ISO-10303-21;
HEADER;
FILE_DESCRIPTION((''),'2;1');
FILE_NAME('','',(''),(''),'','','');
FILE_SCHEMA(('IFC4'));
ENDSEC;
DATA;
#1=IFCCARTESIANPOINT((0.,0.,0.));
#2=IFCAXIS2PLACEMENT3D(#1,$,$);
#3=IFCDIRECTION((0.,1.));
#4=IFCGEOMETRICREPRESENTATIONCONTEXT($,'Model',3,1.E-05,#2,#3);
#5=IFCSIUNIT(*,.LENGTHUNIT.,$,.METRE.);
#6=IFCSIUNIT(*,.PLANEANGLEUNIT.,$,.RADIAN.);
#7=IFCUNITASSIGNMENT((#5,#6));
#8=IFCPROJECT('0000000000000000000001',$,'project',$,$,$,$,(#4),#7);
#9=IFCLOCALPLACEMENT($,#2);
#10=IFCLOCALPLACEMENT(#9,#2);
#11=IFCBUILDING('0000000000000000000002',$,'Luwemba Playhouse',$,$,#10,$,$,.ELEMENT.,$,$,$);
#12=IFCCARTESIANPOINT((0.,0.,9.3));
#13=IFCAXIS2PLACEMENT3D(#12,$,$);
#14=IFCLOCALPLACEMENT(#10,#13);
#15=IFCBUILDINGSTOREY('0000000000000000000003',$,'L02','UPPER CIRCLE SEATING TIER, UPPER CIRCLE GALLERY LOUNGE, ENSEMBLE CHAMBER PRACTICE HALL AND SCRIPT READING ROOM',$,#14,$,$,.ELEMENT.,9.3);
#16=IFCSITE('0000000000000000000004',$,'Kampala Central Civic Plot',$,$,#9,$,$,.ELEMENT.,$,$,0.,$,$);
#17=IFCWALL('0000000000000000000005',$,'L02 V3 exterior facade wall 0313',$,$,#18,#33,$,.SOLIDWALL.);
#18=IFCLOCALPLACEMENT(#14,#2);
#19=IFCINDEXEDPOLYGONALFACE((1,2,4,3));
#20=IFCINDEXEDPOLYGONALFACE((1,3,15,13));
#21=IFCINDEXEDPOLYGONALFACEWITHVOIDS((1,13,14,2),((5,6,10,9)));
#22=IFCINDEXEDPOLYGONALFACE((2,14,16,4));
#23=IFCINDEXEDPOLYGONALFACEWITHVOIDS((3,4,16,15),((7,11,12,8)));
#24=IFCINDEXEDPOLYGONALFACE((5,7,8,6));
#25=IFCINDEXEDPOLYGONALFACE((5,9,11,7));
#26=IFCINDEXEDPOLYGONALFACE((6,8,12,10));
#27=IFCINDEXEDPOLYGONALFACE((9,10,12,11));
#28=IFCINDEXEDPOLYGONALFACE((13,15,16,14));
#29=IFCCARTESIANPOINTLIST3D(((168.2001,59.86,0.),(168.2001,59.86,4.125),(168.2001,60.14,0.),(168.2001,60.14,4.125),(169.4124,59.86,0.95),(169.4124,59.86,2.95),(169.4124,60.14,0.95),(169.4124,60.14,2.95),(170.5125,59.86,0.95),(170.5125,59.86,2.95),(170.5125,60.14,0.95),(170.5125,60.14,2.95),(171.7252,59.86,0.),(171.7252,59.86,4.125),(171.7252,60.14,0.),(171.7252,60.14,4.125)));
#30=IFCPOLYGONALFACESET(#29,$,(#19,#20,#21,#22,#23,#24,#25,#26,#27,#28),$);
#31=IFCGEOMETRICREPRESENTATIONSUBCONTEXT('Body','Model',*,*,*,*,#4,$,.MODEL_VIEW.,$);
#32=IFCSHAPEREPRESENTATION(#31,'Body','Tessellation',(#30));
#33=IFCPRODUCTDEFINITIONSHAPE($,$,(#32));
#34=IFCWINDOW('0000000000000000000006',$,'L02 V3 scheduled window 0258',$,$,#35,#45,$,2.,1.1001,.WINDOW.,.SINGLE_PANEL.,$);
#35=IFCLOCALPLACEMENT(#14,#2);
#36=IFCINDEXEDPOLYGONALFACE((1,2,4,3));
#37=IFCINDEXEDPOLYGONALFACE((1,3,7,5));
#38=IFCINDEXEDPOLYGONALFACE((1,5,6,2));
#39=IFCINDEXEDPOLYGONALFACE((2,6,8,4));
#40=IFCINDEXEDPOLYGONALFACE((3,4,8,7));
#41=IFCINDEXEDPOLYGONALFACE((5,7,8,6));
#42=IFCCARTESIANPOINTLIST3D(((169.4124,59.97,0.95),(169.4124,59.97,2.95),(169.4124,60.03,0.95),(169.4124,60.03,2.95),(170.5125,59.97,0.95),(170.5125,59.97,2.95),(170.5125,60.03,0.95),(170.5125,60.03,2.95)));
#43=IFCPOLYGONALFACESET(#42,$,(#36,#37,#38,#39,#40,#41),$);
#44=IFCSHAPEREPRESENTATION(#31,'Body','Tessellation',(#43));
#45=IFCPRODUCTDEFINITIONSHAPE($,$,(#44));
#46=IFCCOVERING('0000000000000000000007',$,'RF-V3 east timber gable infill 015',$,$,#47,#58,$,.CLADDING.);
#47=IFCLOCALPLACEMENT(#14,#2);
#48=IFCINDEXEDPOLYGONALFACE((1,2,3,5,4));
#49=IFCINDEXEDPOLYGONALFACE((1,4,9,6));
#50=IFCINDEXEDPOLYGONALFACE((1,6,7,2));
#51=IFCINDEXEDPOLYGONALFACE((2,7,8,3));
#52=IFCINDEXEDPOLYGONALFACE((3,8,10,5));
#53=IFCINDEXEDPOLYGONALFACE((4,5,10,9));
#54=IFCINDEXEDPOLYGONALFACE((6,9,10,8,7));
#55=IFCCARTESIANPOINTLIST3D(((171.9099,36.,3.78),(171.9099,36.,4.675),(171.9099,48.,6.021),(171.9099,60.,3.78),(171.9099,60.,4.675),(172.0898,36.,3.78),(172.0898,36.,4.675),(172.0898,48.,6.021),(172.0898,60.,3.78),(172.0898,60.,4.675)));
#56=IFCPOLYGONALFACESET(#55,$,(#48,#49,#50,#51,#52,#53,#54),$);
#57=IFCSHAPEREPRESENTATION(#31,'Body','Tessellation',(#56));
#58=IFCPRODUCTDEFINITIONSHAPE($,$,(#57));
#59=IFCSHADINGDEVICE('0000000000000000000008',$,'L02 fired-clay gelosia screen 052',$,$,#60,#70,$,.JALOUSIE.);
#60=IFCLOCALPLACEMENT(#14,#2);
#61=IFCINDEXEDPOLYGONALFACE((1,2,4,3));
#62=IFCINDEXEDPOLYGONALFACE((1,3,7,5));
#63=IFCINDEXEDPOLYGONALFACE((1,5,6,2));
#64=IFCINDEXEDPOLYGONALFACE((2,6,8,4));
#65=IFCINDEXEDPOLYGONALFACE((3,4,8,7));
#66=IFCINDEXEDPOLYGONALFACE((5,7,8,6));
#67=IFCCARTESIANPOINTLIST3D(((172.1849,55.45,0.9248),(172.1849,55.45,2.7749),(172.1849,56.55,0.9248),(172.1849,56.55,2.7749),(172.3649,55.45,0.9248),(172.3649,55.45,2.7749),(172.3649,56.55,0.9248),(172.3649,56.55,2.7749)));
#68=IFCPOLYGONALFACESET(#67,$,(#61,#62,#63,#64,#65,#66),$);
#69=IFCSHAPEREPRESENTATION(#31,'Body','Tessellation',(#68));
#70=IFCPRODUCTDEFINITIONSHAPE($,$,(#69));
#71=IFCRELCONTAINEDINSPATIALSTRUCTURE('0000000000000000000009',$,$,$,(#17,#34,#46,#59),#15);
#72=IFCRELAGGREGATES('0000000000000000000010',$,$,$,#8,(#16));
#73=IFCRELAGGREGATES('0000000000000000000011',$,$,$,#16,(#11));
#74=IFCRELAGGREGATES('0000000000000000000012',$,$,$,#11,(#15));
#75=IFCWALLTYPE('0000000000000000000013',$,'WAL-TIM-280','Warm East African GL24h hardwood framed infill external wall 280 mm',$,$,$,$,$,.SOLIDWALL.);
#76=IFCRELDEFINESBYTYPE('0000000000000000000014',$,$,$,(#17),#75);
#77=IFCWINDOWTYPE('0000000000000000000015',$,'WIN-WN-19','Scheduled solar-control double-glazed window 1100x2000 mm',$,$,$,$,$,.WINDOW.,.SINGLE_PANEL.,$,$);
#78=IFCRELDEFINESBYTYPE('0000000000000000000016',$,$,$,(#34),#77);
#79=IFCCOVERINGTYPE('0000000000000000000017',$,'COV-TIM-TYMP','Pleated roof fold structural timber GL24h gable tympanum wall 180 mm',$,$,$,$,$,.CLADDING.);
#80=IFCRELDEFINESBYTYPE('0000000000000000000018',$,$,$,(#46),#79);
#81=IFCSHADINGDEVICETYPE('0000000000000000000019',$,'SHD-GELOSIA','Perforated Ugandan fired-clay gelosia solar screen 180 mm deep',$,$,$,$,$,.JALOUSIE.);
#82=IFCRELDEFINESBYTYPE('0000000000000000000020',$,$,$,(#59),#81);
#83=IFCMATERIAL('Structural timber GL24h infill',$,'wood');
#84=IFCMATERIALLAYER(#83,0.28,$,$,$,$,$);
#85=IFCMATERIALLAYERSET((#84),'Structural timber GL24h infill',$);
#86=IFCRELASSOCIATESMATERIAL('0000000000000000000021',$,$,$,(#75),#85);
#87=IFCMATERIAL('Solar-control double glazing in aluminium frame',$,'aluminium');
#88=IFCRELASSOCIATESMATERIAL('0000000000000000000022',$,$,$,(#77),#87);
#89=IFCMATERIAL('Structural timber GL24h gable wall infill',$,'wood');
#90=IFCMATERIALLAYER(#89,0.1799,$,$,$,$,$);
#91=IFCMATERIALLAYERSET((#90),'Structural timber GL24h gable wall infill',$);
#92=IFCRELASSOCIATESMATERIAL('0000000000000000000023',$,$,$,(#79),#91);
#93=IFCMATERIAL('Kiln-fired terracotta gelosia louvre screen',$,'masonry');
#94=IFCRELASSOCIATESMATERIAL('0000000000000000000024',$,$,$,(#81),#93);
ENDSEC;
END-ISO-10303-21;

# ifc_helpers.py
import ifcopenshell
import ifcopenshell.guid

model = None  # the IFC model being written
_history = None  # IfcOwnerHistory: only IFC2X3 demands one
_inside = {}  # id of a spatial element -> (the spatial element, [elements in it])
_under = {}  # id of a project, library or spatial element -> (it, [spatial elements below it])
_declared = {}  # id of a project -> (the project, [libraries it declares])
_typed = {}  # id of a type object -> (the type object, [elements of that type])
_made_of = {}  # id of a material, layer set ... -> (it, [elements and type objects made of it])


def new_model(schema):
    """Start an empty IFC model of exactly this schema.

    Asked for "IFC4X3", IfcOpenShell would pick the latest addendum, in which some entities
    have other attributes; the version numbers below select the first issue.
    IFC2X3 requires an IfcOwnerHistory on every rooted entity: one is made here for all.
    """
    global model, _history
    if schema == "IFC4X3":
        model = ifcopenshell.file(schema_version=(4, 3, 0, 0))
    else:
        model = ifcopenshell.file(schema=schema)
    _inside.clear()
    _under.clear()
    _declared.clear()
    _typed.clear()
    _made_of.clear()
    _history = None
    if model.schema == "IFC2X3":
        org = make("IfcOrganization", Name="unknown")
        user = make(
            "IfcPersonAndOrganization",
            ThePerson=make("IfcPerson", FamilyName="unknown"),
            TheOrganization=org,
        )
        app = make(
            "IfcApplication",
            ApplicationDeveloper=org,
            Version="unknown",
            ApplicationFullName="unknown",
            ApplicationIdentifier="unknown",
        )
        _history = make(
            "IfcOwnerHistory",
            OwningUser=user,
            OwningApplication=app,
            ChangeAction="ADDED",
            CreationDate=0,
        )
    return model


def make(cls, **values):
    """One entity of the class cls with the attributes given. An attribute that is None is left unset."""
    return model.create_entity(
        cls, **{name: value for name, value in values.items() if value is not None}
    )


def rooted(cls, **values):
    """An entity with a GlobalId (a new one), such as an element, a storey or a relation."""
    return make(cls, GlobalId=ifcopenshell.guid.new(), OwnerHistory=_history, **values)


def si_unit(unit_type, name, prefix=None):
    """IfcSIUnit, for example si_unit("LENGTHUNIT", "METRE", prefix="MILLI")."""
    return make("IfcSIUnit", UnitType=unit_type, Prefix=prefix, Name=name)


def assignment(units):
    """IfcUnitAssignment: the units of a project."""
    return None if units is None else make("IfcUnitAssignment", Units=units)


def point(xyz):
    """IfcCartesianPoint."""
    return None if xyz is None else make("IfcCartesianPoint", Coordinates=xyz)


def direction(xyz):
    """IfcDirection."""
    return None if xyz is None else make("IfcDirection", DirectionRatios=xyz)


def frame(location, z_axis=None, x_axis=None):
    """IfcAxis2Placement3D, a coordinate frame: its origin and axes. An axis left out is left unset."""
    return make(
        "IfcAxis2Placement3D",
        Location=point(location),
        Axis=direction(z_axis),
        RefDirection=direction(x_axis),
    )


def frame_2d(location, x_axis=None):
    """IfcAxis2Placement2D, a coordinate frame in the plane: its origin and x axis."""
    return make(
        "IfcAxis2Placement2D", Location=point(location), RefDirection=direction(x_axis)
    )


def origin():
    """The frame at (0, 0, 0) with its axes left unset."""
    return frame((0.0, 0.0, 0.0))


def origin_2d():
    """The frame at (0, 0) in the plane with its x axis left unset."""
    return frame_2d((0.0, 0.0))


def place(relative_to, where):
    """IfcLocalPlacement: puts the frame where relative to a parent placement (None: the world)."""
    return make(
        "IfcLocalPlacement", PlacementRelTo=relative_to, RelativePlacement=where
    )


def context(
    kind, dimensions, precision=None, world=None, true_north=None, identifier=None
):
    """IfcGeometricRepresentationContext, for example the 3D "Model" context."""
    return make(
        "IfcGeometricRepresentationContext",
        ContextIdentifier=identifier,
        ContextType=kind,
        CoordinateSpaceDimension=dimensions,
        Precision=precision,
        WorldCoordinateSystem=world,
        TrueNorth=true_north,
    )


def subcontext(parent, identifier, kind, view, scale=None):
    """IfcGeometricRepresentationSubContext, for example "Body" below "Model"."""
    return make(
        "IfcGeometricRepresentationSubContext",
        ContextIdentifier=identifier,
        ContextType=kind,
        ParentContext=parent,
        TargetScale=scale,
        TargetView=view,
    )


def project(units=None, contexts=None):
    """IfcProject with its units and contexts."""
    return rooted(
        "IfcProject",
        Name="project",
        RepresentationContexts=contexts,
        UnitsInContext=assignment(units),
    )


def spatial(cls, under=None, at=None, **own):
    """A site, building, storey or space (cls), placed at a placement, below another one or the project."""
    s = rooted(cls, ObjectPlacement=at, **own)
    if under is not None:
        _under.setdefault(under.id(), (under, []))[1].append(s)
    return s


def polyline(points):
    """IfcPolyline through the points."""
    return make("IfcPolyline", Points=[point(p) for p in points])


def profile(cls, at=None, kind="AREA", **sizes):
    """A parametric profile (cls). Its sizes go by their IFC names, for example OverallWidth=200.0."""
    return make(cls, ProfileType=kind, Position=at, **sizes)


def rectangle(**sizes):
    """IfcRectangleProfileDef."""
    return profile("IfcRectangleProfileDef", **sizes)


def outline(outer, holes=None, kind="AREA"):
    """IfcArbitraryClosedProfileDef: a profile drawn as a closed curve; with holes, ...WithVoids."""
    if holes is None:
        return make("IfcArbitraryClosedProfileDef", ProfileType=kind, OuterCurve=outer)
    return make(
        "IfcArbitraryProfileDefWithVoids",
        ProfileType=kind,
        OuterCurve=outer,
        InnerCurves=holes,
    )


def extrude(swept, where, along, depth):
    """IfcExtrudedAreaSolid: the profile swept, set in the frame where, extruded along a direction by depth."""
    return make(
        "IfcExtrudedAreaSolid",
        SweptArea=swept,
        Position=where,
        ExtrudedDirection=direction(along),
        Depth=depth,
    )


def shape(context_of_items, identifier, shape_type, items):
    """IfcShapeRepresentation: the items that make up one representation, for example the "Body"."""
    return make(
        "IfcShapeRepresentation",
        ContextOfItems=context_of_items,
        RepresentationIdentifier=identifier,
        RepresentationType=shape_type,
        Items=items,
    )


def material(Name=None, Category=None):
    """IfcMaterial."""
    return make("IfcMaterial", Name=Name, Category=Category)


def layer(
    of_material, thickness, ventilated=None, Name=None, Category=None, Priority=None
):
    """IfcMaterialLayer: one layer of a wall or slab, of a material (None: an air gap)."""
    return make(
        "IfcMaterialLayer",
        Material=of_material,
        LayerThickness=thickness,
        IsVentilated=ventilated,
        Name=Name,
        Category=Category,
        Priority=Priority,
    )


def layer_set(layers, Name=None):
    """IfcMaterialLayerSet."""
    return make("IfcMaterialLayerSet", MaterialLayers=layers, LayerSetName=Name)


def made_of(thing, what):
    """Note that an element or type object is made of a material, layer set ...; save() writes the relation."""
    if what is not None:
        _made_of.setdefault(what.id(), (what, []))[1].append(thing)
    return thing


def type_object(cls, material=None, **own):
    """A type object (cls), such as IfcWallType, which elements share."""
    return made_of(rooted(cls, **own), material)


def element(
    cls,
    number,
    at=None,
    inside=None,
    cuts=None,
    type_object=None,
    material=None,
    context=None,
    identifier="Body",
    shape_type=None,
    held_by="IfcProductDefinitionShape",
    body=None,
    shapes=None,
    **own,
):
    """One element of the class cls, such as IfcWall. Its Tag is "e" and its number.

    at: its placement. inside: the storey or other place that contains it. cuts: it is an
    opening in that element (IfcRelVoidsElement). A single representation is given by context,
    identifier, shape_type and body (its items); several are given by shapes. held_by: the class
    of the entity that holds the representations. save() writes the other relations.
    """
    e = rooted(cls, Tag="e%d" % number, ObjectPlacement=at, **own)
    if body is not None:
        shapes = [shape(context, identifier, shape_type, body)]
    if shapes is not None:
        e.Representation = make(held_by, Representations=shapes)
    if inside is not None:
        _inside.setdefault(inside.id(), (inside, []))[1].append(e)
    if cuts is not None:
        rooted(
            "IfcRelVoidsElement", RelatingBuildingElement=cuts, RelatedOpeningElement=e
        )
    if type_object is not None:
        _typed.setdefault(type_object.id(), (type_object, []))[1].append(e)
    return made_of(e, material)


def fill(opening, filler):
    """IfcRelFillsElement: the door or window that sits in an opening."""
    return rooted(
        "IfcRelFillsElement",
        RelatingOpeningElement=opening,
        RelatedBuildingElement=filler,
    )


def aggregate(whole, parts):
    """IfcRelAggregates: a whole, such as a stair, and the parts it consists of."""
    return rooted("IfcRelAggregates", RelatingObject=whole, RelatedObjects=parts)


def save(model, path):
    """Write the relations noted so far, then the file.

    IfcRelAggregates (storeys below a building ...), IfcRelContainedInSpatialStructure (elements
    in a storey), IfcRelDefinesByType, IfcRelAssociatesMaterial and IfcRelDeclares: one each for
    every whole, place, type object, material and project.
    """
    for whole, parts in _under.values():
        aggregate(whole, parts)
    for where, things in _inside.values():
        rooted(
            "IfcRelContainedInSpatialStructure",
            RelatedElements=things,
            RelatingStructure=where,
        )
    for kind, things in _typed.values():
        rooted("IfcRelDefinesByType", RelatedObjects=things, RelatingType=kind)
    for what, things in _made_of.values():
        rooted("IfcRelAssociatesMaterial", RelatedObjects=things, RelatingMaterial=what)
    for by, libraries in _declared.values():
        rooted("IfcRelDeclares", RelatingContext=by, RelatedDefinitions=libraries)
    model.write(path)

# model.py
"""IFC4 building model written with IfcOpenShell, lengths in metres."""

from ifc_helpers import new_model, si_unit, direction, frame, frame_2d, origin, origin_2d, place, context, subcontext, project, spatial, polyline, rectangle, outline, extrude, material, layer, layer_set, type_object, element, fill, save


model = new_model("IFC4")

# Units and contexts
model_context = context("Model", 3, precision=1e-05, world=origin(), true_north=direction((0.0, 1.0)))
body_context = subcontext(model_context, "Body", "Model", "MODEL_VIEW")
ifc_project = project(units=[si_unit("LENGTHUNIT", "METRE"), si_unit("PLANEANGLEUNIT", "RADIAN")], contexts=[model_context])

# Site, building, storey
site_placement = place(None, origin())
site = spatial("IfcSite", under=ifc_project, at=site_placement, Name="Kampala Central Civic Plot", CompositionType="ELEMENT", RefElevation=0.0)
building_placement = place(site_placement, origin())
building = spatial("IfcBuilding", under=site, at=building_placement, Name="Luwemba Playhouse", CompositionType="ELEMENT")
storey_placement = place(building_placement, frame((0.0, 0.0, 9.3)))
storey = spatial("IfcBuildingStorey", under=building, at=storey_placement, Name="L02", Description="UPPER CIRCLE SEATING TIER, UPPER CIRCLE GALLERY LOUNGE, ENSEMBLE CHAMBER PRACTICE HALL AND SCRIPT READING ROOM", CompositionType="ELEMENT", Elevation=9.3)

# Shared definitions
ifc_material_1 = material(Name="Solar-control double glazing in aluminium frame", Category="aluminium")

# Wall, opening, window
ifc_material_2 = material(Name="Structural timber GL24h infill", Category="wood")
ifc_layer_1 = layer(ifc_material_2, 0.28)
ifc_layer_set_1 = layer_set([ifc_layer_1], Name="Structural timber GL24h infill")
wall_type_1 = type_object("IfcWallType", Name="WAL-TIM-280", Description="Warm East African GL24h hardwood framed infill external wall 280 mm", PredefinedType="SOLIDWALL", material=ifc_layer_set_1)
wall_1_placement = place(storey_placement, frame((168.2, 60.0, 0.0), z_axis=(0.0, 0.0, 1.0), x_axis=(1.0, 0.0, 0.0)))
wall_1 = element("IfcWall", 1, at=wall_1_placement, inside=storey, type_object=wall_type_1, Name="L02 V3 exterior facade wall 0313", PredefinedType="SOLIDWALL", context=body_context, shape_type="SweptSolid", body=[
    extrude(rectangle(XDim=3.5251, YDim=0.28, at=frame_2d((1.7627, 0.0))), origin(), (0.0, 0.0, 1.0), 4.125),
])
opening_1_placement = place(wall_1_placement, frame((1.2124, 0.0, 0.95)))
opening_1 = element("IfcOpeningElement", 2, at=opening_1_placement, cuts=wall_1, PredefinedType="OPENING", context=body_context, shape_type="SweptSolid", body=[
    extrude(rectangle(XDim=1.1001, YDim=2.0, at=frame_2d((0.55, 1.0))), frame((0.0, 0.1499, 0.0), z_axis=(0.0, -1.0, 0.0), x_axis=(1.0, 0.0, 0.0)), (0.0, 0.0, 1.0), 0.3),
])
window_type_1 = type_object("IfcWindowType", Name="WIN-WN-19", Description="Scheduled solar-control double-glazed window 1100x2000 mm", PartitioningType="SINGLE_PANEL", PredefinedType="WINDOW", material=ifc_material_1)
window_1_placement = place(opening_1_placement, origin())
window_1 = element("IfcWindow", 3, at=window_1_placement, inside=storey, type_object=window_type_1, Name="L02 V3 scheduled window 0258", OverallHeight=2.0, OverallWidth=1.1001, PartitioningType="SINGLE_PANEL", PredefinedType="WINDOW", context=body_context, shape_type="SweptSolid", body=[
    extrude(rectangle(XDim=1.1001, YDim=2.0, at=frame_2d((0.55, 1.0))), frame((0.0, 0.03, 0.0), z_axis=(0.0, -1.0, 0.0), x_axis=(1.0, 0.0, 0.0)), (0.0, 0.0, 1.0), 0.0601),
])
fill(opening_1, window_1)

# Covering
ifc_material_3 = material(Name="Structural timber GL24h gable wall infill", Category="wood")
ifc_layer_2 = layer(ifc_material_3, 0.1799)
ifc_layer_set_2 = layer_set([ifc_layer_2], Name="Structural timber GL24h gable wall infill")
covering_type = type_object("IfcCoveringType", Name="COV-TIM-TYMP", Description="Pleated roof fold structural timber GL24h gable tympanum wall 180 mm", PredefinedType="CLADDING", material=ifc_layer_set_2)
covering_placement = place(storey_placement, frame((172.0, 60.0, 3.78), z_axis=(0.0, 0.0, 1.0), x_axis=(0.0, -1.0, 0.0)))
element("IfcCovering", 4, at=covering_placement, inside=storey, type_object=covering_type, Name="RF-V3 east timber gable infill 015", PredefinedType="CLADDING", context=body_context, shape_type="SweptSolid", body=[
    extrude(outline(polyline([(0.0, 0.0), (24.0, 0.0), (24.0, 0.895), (12.0, 2.241), (0.0, 0.895), (0.0, 0.0)])), frame((0.0, 0.0898, 0.0), z_axis=(0.0, -1.0, 0.0), x_axis=(1.0, 0.0, 0.0)), (0.0, 0.0, 1.0), 0.1799),
])

# Shading device
ifc_material_4 = material(Name="Kiln-fired terracotta gelosia louvre screen", Category="masonry")
shading_device_type = type_object("IfcShadingDeviceType", Name="SHD-GELOSIA", Description="Perforated Ugandan fired-clay gelosia solar screen 180 mm deep", PredefinedType="JALOUSIE", material=ifc_material_4)
shading_device_placement = place(storey_placement, frame((172.2749, 56.0, 0.9248), z_axis=(0.0, 0.0, 1.0), x_axis=(0.0, -1.0, 0.0)))
element("IfcShadingDevice", 5, at=shading_device_placement, inside=storey, type_object=shading_device_type, Name="L02 fired-clay gelosia screen 052", PredefinedType="JALOUSIE", context=body_context, shape_type="SweptSolid", body=[
    extrude(rectangle(XDim=1.1001, YDim=0.1799, at=origin_2d()), origin(), (0.0, 0.0, 1.0), 1.8501),
])

save(model, "model.ifc")
